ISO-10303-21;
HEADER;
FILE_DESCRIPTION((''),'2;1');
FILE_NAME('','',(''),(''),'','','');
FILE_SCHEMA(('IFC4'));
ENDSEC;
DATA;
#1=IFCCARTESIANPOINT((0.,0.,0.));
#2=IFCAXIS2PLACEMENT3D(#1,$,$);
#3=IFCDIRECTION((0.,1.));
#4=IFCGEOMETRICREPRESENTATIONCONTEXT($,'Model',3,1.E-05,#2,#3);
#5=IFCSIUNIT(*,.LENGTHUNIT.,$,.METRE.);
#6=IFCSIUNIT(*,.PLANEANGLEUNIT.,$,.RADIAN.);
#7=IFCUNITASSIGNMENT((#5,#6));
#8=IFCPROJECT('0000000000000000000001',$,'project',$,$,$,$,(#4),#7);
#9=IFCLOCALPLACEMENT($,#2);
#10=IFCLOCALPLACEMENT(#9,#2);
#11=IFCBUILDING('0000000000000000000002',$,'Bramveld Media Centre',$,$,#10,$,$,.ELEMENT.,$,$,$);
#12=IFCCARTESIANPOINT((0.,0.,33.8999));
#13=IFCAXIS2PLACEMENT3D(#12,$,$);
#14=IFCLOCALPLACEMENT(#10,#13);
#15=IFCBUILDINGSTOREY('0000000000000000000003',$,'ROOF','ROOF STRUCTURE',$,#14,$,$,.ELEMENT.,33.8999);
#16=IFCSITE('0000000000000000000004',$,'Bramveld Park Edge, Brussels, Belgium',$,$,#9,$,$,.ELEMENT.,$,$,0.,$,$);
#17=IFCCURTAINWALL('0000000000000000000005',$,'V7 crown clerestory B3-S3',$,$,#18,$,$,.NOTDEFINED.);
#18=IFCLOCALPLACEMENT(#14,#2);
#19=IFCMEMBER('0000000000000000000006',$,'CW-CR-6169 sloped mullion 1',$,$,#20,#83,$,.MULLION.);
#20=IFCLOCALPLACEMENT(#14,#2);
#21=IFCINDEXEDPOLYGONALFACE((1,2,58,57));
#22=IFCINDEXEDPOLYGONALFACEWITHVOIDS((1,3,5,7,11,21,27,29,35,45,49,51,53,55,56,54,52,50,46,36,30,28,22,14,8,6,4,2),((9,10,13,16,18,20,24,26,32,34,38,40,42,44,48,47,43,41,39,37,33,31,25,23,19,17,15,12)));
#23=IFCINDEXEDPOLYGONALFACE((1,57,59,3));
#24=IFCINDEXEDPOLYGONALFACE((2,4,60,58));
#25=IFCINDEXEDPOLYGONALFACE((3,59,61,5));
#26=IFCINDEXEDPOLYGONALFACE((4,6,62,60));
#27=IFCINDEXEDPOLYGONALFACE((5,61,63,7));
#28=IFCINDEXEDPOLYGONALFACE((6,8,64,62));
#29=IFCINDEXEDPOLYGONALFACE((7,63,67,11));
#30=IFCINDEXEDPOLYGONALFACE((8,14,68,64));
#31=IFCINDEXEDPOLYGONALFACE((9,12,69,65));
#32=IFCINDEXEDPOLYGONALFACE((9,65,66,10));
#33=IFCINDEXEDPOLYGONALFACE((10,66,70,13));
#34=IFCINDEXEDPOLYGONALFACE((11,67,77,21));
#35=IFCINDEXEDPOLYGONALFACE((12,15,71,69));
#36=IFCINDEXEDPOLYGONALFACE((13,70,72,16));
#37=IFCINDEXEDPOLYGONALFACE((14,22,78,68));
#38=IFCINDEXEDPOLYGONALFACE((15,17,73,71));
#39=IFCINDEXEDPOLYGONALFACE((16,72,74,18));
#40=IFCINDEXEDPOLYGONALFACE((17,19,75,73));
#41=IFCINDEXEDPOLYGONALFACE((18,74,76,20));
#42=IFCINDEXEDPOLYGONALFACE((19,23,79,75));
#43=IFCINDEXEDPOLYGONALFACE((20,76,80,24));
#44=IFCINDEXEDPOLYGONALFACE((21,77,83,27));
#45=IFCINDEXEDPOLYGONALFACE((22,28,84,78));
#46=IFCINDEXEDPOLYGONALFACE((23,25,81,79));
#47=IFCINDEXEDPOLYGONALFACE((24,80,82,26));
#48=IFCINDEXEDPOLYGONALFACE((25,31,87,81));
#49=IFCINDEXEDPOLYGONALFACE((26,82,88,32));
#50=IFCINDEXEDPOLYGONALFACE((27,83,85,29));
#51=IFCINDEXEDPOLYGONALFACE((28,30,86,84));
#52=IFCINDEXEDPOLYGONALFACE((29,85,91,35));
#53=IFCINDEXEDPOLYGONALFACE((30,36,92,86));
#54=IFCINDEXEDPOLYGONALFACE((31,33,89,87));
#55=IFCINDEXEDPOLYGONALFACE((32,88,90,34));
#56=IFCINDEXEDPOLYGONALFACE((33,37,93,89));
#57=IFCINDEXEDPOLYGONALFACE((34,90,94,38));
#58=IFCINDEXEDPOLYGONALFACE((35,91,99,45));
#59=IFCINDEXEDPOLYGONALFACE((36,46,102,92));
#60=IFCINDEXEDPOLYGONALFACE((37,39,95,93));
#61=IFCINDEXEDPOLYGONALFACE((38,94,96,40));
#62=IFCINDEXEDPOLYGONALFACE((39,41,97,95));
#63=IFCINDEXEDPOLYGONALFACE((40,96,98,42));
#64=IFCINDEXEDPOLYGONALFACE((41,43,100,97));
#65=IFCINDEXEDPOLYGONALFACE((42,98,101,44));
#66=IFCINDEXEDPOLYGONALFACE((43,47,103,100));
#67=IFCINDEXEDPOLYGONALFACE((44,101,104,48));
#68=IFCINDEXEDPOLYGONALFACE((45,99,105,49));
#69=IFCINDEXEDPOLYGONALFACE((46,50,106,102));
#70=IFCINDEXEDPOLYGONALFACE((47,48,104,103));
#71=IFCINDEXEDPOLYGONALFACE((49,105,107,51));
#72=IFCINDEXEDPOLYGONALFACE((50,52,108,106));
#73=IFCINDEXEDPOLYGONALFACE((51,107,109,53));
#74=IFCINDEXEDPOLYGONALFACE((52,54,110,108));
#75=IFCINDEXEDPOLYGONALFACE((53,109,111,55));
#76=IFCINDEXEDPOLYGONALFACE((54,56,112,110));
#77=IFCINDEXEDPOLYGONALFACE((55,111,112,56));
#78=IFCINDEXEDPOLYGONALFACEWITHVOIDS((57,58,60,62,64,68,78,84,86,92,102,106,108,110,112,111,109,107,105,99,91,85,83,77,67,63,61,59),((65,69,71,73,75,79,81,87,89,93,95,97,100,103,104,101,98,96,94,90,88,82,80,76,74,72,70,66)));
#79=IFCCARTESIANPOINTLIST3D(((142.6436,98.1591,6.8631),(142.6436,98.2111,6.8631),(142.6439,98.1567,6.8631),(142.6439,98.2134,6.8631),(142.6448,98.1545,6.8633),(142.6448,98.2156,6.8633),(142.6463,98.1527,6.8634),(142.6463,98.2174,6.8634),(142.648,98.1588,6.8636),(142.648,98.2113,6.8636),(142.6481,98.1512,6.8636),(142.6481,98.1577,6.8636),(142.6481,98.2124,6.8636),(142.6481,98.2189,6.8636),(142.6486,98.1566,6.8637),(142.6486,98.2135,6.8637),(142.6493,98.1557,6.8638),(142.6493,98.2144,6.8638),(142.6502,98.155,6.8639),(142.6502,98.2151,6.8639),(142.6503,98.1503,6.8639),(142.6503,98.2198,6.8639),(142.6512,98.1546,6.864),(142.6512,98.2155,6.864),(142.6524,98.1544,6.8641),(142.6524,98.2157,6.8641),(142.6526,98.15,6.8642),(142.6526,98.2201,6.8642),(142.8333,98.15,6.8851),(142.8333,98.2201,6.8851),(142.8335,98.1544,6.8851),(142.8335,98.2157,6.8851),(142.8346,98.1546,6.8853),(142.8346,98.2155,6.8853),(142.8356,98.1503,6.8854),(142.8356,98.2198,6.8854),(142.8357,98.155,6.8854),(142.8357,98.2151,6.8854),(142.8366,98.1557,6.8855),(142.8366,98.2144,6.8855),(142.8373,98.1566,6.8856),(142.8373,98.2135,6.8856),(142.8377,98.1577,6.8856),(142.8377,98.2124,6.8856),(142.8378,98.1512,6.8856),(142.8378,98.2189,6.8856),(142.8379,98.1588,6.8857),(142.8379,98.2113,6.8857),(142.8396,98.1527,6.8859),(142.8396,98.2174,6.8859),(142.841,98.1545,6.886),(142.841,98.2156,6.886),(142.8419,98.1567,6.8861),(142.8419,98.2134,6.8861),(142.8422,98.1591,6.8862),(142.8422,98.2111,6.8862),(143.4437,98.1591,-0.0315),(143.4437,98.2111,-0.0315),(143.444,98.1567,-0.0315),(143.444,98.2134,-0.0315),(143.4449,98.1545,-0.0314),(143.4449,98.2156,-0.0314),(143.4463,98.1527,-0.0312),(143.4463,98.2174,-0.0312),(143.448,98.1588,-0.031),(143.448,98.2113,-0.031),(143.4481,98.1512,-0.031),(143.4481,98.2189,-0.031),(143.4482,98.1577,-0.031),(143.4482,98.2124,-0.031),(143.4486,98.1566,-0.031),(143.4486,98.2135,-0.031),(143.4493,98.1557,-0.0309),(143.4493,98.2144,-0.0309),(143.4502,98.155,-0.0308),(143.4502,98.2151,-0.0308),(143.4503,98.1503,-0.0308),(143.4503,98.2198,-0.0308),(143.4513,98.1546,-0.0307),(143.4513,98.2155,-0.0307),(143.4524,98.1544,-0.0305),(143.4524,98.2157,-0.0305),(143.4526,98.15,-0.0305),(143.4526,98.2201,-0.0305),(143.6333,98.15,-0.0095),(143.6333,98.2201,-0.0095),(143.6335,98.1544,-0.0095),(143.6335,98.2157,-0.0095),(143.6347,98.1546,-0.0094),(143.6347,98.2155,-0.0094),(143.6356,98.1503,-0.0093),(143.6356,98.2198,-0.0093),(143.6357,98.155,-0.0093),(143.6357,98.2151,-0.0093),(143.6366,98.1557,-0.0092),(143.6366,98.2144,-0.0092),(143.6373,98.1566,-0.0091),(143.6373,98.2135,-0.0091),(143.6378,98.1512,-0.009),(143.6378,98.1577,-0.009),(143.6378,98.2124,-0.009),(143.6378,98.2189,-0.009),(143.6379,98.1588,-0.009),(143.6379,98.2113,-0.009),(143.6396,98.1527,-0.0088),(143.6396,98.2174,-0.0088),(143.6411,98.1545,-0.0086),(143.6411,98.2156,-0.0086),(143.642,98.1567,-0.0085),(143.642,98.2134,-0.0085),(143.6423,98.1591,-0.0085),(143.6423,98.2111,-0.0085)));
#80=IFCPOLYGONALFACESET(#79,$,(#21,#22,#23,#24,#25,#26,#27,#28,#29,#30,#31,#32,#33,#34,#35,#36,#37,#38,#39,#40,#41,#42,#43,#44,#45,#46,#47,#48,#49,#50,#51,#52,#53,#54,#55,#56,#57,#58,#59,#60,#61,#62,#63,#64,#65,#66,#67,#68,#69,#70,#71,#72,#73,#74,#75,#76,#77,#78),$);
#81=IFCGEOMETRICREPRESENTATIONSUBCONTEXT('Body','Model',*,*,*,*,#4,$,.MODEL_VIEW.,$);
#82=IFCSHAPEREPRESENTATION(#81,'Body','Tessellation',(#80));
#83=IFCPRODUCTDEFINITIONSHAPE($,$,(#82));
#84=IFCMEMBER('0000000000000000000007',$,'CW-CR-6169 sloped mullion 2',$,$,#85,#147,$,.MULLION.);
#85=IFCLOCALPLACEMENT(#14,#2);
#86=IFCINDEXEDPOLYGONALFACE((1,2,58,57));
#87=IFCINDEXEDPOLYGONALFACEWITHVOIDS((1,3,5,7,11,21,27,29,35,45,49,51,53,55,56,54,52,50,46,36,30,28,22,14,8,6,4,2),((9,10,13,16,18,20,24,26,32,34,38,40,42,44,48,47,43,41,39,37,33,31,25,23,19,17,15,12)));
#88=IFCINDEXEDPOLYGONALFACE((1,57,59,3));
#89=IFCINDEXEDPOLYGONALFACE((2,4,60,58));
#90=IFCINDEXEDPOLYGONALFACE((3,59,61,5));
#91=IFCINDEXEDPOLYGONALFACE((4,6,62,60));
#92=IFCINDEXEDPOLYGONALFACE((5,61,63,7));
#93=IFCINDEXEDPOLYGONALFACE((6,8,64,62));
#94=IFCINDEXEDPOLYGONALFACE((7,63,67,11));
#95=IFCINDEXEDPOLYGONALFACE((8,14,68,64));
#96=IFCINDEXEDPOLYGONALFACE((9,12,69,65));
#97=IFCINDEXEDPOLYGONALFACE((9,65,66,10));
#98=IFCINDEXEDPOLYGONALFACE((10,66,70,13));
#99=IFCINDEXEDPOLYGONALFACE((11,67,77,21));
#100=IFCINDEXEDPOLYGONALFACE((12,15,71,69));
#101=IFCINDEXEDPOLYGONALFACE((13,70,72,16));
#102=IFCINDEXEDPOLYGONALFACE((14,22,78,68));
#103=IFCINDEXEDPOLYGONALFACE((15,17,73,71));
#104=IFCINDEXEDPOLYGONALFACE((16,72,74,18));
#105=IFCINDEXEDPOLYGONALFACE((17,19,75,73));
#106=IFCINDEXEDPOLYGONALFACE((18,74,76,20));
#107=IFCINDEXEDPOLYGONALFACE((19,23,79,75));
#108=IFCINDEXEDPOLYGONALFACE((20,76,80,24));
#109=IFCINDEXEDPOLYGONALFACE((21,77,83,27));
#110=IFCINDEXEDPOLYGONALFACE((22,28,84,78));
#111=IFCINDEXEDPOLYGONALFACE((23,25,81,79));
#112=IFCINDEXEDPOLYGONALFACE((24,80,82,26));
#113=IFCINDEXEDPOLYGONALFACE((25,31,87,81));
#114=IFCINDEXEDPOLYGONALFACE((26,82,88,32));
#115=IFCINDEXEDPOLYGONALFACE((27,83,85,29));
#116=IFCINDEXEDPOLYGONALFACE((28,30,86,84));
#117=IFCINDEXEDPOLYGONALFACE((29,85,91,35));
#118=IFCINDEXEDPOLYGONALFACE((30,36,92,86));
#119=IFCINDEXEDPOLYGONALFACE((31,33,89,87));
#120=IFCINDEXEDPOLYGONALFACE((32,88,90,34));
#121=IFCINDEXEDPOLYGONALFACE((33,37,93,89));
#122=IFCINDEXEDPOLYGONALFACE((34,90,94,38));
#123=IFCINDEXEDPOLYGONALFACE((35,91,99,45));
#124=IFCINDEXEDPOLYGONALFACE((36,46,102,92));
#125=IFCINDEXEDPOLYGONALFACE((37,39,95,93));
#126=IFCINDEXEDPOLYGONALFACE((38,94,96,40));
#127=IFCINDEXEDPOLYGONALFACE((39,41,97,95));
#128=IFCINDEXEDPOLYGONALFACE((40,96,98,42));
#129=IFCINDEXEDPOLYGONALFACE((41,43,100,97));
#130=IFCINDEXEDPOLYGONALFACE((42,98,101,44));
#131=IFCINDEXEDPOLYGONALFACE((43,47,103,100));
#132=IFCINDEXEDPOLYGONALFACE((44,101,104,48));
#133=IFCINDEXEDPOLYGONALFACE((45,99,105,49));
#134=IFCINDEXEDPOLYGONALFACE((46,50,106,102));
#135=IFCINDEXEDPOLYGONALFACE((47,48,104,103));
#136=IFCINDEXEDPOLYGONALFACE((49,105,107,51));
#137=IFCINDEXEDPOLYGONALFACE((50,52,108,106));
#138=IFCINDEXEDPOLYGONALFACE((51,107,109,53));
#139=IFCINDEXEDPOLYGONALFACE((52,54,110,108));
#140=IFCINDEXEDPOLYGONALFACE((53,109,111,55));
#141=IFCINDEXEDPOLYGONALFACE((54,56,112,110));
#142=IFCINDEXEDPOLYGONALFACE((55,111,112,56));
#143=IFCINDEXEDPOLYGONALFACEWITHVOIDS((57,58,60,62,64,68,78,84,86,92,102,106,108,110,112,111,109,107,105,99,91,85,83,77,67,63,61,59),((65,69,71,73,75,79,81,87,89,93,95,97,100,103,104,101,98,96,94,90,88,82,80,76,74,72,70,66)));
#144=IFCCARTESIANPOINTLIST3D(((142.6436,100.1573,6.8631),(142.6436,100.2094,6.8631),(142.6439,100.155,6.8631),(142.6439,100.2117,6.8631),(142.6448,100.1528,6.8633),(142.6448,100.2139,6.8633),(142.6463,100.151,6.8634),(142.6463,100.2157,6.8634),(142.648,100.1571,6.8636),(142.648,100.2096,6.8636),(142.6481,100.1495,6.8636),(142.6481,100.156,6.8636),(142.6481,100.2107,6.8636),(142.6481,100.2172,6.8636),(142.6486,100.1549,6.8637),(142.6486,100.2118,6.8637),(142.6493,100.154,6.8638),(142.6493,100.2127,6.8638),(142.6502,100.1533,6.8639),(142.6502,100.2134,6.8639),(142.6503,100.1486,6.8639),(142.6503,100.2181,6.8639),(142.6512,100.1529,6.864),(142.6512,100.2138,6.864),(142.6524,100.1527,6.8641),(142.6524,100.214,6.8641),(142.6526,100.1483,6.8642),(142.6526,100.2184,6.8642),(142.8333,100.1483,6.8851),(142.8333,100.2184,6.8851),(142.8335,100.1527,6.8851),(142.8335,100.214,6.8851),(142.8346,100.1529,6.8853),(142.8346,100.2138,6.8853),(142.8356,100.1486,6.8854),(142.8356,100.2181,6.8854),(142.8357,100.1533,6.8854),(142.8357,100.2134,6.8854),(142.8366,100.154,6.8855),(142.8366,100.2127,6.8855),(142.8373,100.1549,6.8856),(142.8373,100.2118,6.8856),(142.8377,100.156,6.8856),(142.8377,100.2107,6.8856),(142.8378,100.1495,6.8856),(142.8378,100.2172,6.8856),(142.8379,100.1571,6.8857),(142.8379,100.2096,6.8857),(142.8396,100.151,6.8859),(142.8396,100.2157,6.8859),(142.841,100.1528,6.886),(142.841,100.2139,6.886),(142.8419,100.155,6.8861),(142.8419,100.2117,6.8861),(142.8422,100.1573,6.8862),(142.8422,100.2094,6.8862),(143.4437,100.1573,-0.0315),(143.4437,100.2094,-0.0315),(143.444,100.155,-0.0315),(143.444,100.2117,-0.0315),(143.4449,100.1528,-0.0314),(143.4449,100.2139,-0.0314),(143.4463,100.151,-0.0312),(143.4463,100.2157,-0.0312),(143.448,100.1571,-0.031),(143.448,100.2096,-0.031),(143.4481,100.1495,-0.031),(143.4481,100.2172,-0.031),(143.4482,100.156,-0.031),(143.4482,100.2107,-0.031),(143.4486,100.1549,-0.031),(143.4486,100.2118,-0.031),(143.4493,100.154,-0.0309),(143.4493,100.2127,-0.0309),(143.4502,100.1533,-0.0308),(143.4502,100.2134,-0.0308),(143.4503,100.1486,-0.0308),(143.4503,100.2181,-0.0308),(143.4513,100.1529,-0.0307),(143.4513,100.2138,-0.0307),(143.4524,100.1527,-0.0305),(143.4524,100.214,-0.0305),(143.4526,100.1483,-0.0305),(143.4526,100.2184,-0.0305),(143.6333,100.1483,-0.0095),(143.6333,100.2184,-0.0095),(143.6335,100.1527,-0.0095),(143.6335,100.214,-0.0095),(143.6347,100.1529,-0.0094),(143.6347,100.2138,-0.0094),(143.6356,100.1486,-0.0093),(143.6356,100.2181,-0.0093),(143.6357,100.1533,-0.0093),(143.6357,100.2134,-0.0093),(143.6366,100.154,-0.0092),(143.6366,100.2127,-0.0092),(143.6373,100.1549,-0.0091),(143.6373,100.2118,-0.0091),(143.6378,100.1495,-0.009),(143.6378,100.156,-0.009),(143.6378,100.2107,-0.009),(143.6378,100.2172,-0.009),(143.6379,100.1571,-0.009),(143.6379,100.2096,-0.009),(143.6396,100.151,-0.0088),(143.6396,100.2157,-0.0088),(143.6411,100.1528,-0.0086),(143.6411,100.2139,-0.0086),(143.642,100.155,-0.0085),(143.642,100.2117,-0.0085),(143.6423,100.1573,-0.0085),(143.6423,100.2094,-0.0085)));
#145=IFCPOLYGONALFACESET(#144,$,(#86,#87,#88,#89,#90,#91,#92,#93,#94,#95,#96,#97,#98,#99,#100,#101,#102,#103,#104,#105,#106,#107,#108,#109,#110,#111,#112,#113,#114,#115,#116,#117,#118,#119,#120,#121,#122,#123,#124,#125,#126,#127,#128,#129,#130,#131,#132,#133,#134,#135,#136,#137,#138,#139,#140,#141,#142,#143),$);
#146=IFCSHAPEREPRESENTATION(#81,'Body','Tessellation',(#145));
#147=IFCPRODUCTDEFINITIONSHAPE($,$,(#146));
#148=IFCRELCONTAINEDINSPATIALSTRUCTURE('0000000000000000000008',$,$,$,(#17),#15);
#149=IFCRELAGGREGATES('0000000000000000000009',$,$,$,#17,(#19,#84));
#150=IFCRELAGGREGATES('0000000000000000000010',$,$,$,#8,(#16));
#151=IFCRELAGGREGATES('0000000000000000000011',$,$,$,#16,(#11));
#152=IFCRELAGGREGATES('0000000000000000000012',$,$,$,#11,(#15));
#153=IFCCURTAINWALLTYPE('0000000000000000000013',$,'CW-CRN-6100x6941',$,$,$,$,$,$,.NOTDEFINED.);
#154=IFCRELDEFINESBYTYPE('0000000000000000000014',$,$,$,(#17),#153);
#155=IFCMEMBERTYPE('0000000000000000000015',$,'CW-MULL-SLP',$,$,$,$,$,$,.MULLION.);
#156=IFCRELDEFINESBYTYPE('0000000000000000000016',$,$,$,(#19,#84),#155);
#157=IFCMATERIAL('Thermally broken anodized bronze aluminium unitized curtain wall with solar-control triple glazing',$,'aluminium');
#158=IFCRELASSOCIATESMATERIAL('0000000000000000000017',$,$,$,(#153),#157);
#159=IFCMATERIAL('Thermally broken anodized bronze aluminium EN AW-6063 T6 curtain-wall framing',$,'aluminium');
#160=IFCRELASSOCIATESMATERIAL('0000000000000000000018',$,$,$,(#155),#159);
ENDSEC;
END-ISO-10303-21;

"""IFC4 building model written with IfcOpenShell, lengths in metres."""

from ifc_helpers import new_model, si_unit, direction, frame, origin, origin_2d, place, context, subcontext, project, spatial, hollow_rectangle, extrude, material, material_profile, profile_set, type_object, element, aggregate, save


model = new_model("IFC4")

# Units and contexts
model_context = context("Model", 3, precision=1e-05, world=origin(), true_north=direction((0.0, 1.0)))
body_context = subcontext(model_context, "Body", "Model", "MODEL_VIEW")
ifc_project = project(units=[si_unit("LENGTHUNIT", "METRE"), si_unit("PLANEANGLEUNIT", "RADIAN")], contexts=[model_context])

# Site, building, storey
site_placement = place(None, origin())
site = spatial("IfcSite", under=ifc_project, at=site_placement, Name="Bramveld Park Edge, Brussels, Belgium", CompositionType="ELEMENT", RefElevation=0.0)
building_placement = place(site_placement, origin())
building = spatial("IfcBuilding", under=site, at=building_placement, Name="Bramveld Media Centre", CompositionType="ELEMENT")
storey_placement = place(building_placement, frame((0.0, 0.0, 33.8999)))
storey = spatial("IfcBuildingStorey", under=building, at=storey_placement, Name="ROOF", Description="ROOF STRUCTURE", CompositionType="ELEMENT", Elevation=33.8999)

# Curtain wall, members
ifc_material_1 = material(Name="Thermally broken anodized bronze aluminium unitized curtain wall with solar-control triple glazing", Category="aluminium")
curtain_wall_type = type_object("IfcCurtainWallType", Name="CW-CRN-6100x6941", PredefinedType="NOTDEFINED", material=ifc_material_1)
curtain_wall_1_placement = place(storey_placement, origin())
curtain_wall_1 = element("IfcCurtainWall", 1, at=curtain_wall_1_placement, inside=storey, type_object=curtain_wall_type, Name="V7 crown clerestory B3-S3", PredefinedType="NOTDEFINED")
ifc_material_2 = material(Name="Thermally broken anodized bronze aluminium EN AW-6063 T6 curtain-wall framing", Category="aluminium")
ifc_material_profile_1 = material_profile(ifc_material_2, hollow_rectangle(XDim=0.0701, YDim=0.2, WallThickness=0.0044, InnerFilletRadius=0.0044, OuterFilletRadius=0.009, at=origin_2d()), Name="AL-MULL 70x200")
ifc_profile_set_1 = profile_set([ifc_material_profile_1], Name="Thermally broken anodized bronze aluminium EN AW-6063 T6 curtain-wall framing")
member_type_1 = type_object("IfcMemberType", Name="CW-MULL-SLP", PredefinedType="MULLION", material=ifc_profile_set_1)
member_1_placement = place(storey_placement, frame((143.543, 98.1851, -0.02), z_axis=(-0.115264, 0.0, 0.993335), x_axis=(0.0, -1.0, 0.0)))
member_1 = element("IfcMember", 2, at=member_1_placement, type_object=member_type_1, Name="CW-CR-6169 sloped mullion 1", PredefinedType="MULLION", context=body_context, shape_type="SweptSolid", body=[
    extrude(hollow_rectangle(XDim=0.0701, YDim=0.2, WallThickness=0.0044, InnerFilletRadius=0.0044, OuterFilletRadius=0.009, at=origin_2d()), origin(), (0.0, 0.0, 1.0), 6.9409),
])
member_2_placement = place(storey_placement, frame((143.543, 100.1833, -0.02), z_axis=(-0.115264, 0.0, 0.993335), x_axis=(0.0, -1.0, 0.0)))
member_2 = element("IfcMember", 3, at=member_2_placement, type_object=member_type_1, Name="CW-CR-6169 sloped mullion 2", PredefinedType="MULLION", context=body_context, shape_type="SweptSolid", body=[
    extrude(hollow_rectangle(XDim=0.0701, YDim=0.2, WallThickness=0.0044, InnerFilletRadius=0.0044, OuterFilletRadius=0.009, at=origin_2d()), origin(), (0.0, 0.0, 1.0), 6.9409),
])

aggregate(curtain_wall_1, [member_1, member_2])

save(model, "model.ifc")
